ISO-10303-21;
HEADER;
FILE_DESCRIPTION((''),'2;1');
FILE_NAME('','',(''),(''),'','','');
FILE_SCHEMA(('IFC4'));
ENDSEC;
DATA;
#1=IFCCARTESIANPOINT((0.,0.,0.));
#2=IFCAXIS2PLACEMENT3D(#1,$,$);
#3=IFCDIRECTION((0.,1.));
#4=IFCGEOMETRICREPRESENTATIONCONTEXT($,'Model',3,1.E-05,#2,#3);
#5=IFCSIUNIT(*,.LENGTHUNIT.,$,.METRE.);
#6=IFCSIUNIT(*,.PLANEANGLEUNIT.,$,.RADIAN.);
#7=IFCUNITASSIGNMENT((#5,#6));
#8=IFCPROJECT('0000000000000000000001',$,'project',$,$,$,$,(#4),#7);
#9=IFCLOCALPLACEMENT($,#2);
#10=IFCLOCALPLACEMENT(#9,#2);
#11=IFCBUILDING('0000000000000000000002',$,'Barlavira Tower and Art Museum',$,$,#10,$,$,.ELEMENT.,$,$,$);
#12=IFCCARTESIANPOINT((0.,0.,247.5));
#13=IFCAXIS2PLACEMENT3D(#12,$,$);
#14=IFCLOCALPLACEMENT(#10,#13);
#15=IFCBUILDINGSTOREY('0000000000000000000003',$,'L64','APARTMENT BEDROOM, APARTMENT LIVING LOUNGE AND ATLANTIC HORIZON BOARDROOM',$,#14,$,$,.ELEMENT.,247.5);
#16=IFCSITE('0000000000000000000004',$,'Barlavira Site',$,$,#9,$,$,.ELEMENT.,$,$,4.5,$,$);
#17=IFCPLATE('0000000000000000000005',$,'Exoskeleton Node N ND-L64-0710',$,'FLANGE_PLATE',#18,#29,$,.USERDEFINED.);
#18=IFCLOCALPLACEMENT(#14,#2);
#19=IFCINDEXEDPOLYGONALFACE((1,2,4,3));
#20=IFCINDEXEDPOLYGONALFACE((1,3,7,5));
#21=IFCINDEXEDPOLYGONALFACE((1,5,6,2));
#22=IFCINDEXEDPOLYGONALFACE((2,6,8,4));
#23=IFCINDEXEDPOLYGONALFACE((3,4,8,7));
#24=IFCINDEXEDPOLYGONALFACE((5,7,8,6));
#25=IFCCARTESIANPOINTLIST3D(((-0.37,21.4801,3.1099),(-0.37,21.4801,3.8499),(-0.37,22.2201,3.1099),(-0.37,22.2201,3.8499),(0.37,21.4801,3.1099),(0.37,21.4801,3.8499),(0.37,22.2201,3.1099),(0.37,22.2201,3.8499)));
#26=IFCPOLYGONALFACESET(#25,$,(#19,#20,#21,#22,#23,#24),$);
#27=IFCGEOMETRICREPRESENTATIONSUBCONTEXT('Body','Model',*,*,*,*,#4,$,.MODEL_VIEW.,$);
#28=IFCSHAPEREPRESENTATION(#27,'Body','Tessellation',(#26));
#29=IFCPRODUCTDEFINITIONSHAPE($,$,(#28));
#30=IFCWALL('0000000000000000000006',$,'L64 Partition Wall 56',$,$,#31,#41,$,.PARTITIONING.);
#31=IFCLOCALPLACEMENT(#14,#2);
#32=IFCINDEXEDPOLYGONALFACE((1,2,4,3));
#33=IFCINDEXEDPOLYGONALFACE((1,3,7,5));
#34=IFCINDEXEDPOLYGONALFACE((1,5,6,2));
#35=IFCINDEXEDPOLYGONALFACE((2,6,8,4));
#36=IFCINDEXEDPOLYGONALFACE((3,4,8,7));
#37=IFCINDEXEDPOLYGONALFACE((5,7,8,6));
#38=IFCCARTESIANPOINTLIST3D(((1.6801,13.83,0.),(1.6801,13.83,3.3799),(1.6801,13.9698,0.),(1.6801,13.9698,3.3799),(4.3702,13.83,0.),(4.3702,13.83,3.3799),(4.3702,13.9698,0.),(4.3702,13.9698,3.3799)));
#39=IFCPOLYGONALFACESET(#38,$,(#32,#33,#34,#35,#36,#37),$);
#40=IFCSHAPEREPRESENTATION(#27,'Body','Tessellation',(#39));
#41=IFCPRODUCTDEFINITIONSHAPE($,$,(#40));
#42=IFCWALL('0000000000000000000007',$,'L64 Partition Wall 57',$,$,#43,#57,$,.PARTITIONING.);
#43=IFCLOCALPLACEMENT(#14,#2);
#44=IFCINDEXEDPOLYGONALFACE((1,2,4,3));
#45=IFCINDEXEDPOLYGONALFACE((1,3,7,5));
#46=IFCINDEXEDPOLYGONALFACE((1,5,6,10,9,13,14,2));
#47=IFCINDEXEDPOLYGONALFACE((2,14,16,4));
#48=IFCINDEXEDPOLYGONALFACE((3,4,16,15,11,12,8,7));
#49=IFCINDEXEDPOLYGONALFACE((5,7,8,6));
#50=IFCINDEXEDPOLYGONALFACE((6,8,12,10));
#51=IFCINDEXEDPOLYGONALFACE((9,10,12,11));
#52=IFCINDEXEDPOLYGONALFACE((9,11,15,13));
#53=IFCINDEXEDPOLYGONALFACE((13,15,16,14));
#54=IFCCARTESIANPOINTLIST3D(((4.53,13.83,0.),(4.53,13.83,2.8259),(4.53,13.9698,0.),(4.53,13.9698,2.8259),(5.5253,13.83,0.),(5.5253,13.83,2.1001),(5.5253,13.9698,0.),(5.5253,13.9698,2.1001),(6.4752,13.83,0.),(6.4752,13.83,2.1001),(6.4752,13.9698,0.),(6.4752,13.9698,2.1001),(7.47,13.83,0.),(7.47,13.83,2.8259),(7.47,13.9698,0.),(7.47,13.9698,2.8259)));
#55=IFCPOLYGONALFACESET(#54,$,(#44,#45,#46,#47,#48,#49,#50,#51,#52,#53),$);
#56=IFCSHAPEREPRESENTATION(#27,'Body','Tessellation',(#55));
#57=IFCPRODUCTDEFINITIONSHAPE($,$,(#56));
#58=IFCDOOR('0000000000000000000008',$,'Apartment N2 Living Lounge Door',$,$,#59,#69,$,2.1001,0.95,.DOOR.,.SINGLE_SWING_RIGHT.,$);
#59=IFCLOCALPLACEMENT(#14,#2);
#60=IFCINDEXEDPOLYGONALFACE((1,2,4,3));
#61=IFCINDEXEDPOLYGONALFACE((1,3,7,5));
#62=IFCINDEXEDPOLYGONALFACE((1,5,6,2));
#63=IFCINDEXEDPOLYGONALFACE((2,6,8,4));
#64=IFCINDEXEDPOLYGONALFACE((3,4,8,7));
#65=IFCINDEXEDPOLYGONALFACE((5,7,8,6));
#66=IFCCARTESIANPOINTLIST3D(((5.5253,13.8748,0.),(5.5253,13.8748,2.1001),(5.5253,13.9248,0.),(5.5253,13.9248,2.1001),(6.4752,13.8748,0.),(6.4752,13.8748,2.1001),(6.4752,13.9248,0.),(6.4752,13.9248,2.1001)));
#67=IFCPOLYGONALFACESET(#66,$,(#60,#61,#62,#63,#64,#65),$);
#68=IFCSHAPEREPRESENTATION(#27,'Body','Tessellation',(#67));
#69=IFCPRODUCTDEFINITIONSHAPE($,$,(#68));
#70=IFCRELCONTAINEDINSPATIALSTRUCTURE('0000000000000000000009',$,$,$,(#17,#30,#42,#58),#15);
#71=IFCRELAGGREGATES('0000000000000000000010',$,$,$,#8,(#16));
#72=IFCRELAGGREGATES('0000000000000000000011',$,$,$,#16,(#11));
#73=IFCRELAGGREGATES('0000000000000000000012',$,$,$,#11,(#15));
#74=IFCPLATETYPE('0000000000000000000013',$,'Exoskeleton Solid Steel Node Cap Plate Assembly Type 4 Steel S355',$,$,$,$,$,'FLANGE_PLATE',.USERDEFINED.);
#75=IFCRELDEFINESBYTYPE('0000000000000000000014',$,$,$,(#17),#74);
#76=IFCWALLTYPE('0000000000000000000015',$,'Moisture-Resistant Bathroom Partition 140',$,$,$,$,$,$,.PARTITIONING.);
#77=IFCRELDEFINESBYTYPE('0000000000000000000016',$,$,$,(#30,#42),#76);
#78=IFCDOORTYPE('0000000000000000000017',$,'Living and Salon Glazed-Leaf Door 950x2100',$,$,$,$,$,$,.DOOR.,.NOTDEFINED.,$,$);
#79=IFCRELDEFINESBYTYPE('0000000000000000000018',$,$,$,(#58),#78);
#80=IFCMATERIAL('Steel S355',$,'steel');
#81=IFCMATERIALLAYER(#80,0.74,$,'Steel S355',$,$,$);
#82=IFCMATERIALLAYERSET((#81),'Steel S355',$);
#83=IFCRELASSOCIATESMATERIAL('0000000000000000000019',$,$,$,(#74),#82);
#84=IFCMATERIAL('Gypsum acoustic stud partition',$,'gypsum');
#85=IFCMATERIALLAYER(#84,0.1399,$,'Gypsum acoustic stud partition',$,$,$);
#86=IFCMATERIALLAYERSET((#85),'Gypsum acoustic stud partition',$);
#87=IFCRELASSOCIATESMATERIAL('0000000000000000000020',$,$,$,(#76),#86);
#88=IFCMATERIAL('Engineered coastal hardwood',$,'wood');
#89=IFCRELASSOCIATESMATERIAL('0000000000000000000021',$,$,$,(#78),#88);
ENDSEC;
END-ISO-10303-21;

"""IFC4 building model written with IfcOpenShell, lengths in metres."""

from ifc_helpers import new_model, si_unit, direction, frame, frame_2d, origin, origin_2d, place, context, subcontext, project, spatial, rectangle, extrude, material, layer, layer_set, type_object, element, fill, save


model = new_model("IFC4")

# Units and contexts
model_context = context("Model", 3, precision=1e-05, world=origin(), true_north=direction((0.0, 1.0)))
body_context = subcontext(model_context, "Body", "Model", "MODEL_VIEW")
ifc_project = project(units=[si_unit("LENGTHUNIT", "METRE"), si_unit("PLANEANGLEUNIT", "RADIAN")], contexts=[model_context])

# Site, building, storey
site_placement = place(None, origin())
site = spatial("IfcSite", under=ifc_project, at=site_placement, Name="Barlavira Site", CompositionType="ELEMENT", RefElevation=4.5)
building_placement = place(site_placement, origin())
building = spatial("IfcBuilding", under=site, at=building_placement, Name="Barlavira Tower and Art Museum", CompositionType="ELEMENT")
storey_placement = place(building_placement, frame((0.0, 0.0, 247.5)))
storey = spatial("IfcBuildingStorey", under=building, at=storey_placement, Name="L64", Description="APARTMENT BEDROOM, APARTMENT LIVING LOUNGE AND ATLANTIC HORIZON BOARDROOM", CompositionType="ELEMENT", Elevation=247.5)

# Shared definitions
ifc_material_1 = material(Name="Steel S355", Category="steel")

# Plate
ifc_layer_1 = layer(ifc_material_1, 0.74, Name="Steel S355")
ifc_layer_set_1 = layer_set([ifc_layer_1], Name="Steel S355")
plate_type_1 = type_object("IfcPlateType", Name="Exoskeleton Solid Steel Node Cap Plate Assembly Type 4 Steel S355", ElementType="FLANGE_PLATE", PredefinedType="USERDEFINED", material=ifc_layer_set_1)
plate_1_placement = place(storey_placement, frame((0.0, 21.8501, 3.1099), z_axis=(0.0, 0.0, 1.0), x_axis=(1.0, 0.0, 0.0)))
element("IfcPlate", 1, at=plate_1_placement, inside=storey, type_object=plate_type_1, Name="Exoskeleton Node N ND-L64-0710", ObjectType="FLANGE_PLATE", PredefinedType="USERDEFINED", context=body_context, shape_type="SweptSolid", body=[
    extrude(rectangle(XDim=0.74, YDim=0.74, at=origin_2d()), origin(), (0.0, 0.0, 1.0), 0.74),
])

# Wall
ifc_material_2 = material(Name="Gypsum acoustic stud partition", Category="gypsum")
ifc_layer_2 = layer(ifc_material_2, 0.1399, Name="Gypsum acoustic stud partition")
ifc_layer_set_2 = layer_set([ifc_layer_2], Name="Gypsum acoustic stud partition")
wall_type = type_object("IfcWallType", Name="Moisture-Resistant Bathroom Partition 140", PredefinedType="PARTITIONING", material=ifc_layer_set_2)
wall_1_placement = place(storey_placement, frame((1.6799, 13.8999, 0.0), z_axis=(0.0, 0.0, 1.0), x_axis=(1.0, 0.0, 0.0)))
element("IfcWall", 2, at=wall_1_placement, inside=storey, type_object=wall_type, Name="L64 Partition Wall 56", PredefinedType="PARTITIONING", context=body_context, shape_type="SweptSolid", body=[
    extrude(rectangle(XDim=2.6902, YDim=0.1399, at=frame_2d((1.3452, 0.0))), origin(), (0.0, 0.0, 1.0), 3.3799),
])

# Wall, opening, door
wall_2_placement = place(storey_placement, frame((4.53, 13.8999, 0.0), z_axis=(0.0, 0.0, 1.0), x_axis=(1.0, 0.0, 0.0)))
wall_2 = element("IfcWall", 3, at=wall_2_placement, inside=storey, type_object=wall_type, Name="L64 Partition Wall 57", PredefinedType="PARTITIONING", context=body_context, shape_type="SweptSolid", body=[
    extrude(rectangle(XDim=2.9399, YDim=0.1399, at=frame_2d((1.47, 0.0))), origin(), (0.0, 0.0, 1.0), 2.8259),
])
opening_placement = place(wall_2_placement, frame((0.9951, 0.0, 0.0)))
opening = element("IfcOpeningElement", 4, at=opening_placement, cuts=wall_2, PredefinedType="OPENING", context=body_context, shape_type="SweptSolid", body=[
    extrude(rectangle(XDim=0.95, YDim=2.1001, at=frame_2d((0.4751, 1.05))), frame((0.0, 0.0801, 0.0), z_axis=(0.0, -1.0, 0.0), x_axis=(1.0, 0.0, 0.0)), (0.0, 0.0, 1.0), 0.1599),
])
ifc_material_3 = material(Name="Engineered coastal hardwood", Category="wood")
door_type = type_object("IfcDoorType", Name="Living and Salon Glazed-Leaf Door 950x2100", OperationType="NOTDEFINED", PredefinedType="DOOR", material=ifc_material_3)
door_placement = place(opening_placement, origin())
door = element("IfcDoor", 5, at=door_placement, inside=storey, type_object=door_type, Name="Apartment N2 Living Lounge Door", OperationType="SINGLE_SWING_RIGHT", OverallHeight=2.1001, OverallWidth=0.95, PredefinedType="DOOR", context=body_context, shape_type="SweptSolid", body=[
    extrude(rectangle(XDim=0.95, YDim=2.1001, at=frame_2d((0.4751, 1.05))), frame((0.0, 0.0249, 0.0), z_axis=(0.0, -1.0, 0.0), x_axis=(1.0, 0.0, 0.0)), (0.0, 0.0, 1.0), 0.05),
])
fill(opening, door)

save(model, "model.ifc")
